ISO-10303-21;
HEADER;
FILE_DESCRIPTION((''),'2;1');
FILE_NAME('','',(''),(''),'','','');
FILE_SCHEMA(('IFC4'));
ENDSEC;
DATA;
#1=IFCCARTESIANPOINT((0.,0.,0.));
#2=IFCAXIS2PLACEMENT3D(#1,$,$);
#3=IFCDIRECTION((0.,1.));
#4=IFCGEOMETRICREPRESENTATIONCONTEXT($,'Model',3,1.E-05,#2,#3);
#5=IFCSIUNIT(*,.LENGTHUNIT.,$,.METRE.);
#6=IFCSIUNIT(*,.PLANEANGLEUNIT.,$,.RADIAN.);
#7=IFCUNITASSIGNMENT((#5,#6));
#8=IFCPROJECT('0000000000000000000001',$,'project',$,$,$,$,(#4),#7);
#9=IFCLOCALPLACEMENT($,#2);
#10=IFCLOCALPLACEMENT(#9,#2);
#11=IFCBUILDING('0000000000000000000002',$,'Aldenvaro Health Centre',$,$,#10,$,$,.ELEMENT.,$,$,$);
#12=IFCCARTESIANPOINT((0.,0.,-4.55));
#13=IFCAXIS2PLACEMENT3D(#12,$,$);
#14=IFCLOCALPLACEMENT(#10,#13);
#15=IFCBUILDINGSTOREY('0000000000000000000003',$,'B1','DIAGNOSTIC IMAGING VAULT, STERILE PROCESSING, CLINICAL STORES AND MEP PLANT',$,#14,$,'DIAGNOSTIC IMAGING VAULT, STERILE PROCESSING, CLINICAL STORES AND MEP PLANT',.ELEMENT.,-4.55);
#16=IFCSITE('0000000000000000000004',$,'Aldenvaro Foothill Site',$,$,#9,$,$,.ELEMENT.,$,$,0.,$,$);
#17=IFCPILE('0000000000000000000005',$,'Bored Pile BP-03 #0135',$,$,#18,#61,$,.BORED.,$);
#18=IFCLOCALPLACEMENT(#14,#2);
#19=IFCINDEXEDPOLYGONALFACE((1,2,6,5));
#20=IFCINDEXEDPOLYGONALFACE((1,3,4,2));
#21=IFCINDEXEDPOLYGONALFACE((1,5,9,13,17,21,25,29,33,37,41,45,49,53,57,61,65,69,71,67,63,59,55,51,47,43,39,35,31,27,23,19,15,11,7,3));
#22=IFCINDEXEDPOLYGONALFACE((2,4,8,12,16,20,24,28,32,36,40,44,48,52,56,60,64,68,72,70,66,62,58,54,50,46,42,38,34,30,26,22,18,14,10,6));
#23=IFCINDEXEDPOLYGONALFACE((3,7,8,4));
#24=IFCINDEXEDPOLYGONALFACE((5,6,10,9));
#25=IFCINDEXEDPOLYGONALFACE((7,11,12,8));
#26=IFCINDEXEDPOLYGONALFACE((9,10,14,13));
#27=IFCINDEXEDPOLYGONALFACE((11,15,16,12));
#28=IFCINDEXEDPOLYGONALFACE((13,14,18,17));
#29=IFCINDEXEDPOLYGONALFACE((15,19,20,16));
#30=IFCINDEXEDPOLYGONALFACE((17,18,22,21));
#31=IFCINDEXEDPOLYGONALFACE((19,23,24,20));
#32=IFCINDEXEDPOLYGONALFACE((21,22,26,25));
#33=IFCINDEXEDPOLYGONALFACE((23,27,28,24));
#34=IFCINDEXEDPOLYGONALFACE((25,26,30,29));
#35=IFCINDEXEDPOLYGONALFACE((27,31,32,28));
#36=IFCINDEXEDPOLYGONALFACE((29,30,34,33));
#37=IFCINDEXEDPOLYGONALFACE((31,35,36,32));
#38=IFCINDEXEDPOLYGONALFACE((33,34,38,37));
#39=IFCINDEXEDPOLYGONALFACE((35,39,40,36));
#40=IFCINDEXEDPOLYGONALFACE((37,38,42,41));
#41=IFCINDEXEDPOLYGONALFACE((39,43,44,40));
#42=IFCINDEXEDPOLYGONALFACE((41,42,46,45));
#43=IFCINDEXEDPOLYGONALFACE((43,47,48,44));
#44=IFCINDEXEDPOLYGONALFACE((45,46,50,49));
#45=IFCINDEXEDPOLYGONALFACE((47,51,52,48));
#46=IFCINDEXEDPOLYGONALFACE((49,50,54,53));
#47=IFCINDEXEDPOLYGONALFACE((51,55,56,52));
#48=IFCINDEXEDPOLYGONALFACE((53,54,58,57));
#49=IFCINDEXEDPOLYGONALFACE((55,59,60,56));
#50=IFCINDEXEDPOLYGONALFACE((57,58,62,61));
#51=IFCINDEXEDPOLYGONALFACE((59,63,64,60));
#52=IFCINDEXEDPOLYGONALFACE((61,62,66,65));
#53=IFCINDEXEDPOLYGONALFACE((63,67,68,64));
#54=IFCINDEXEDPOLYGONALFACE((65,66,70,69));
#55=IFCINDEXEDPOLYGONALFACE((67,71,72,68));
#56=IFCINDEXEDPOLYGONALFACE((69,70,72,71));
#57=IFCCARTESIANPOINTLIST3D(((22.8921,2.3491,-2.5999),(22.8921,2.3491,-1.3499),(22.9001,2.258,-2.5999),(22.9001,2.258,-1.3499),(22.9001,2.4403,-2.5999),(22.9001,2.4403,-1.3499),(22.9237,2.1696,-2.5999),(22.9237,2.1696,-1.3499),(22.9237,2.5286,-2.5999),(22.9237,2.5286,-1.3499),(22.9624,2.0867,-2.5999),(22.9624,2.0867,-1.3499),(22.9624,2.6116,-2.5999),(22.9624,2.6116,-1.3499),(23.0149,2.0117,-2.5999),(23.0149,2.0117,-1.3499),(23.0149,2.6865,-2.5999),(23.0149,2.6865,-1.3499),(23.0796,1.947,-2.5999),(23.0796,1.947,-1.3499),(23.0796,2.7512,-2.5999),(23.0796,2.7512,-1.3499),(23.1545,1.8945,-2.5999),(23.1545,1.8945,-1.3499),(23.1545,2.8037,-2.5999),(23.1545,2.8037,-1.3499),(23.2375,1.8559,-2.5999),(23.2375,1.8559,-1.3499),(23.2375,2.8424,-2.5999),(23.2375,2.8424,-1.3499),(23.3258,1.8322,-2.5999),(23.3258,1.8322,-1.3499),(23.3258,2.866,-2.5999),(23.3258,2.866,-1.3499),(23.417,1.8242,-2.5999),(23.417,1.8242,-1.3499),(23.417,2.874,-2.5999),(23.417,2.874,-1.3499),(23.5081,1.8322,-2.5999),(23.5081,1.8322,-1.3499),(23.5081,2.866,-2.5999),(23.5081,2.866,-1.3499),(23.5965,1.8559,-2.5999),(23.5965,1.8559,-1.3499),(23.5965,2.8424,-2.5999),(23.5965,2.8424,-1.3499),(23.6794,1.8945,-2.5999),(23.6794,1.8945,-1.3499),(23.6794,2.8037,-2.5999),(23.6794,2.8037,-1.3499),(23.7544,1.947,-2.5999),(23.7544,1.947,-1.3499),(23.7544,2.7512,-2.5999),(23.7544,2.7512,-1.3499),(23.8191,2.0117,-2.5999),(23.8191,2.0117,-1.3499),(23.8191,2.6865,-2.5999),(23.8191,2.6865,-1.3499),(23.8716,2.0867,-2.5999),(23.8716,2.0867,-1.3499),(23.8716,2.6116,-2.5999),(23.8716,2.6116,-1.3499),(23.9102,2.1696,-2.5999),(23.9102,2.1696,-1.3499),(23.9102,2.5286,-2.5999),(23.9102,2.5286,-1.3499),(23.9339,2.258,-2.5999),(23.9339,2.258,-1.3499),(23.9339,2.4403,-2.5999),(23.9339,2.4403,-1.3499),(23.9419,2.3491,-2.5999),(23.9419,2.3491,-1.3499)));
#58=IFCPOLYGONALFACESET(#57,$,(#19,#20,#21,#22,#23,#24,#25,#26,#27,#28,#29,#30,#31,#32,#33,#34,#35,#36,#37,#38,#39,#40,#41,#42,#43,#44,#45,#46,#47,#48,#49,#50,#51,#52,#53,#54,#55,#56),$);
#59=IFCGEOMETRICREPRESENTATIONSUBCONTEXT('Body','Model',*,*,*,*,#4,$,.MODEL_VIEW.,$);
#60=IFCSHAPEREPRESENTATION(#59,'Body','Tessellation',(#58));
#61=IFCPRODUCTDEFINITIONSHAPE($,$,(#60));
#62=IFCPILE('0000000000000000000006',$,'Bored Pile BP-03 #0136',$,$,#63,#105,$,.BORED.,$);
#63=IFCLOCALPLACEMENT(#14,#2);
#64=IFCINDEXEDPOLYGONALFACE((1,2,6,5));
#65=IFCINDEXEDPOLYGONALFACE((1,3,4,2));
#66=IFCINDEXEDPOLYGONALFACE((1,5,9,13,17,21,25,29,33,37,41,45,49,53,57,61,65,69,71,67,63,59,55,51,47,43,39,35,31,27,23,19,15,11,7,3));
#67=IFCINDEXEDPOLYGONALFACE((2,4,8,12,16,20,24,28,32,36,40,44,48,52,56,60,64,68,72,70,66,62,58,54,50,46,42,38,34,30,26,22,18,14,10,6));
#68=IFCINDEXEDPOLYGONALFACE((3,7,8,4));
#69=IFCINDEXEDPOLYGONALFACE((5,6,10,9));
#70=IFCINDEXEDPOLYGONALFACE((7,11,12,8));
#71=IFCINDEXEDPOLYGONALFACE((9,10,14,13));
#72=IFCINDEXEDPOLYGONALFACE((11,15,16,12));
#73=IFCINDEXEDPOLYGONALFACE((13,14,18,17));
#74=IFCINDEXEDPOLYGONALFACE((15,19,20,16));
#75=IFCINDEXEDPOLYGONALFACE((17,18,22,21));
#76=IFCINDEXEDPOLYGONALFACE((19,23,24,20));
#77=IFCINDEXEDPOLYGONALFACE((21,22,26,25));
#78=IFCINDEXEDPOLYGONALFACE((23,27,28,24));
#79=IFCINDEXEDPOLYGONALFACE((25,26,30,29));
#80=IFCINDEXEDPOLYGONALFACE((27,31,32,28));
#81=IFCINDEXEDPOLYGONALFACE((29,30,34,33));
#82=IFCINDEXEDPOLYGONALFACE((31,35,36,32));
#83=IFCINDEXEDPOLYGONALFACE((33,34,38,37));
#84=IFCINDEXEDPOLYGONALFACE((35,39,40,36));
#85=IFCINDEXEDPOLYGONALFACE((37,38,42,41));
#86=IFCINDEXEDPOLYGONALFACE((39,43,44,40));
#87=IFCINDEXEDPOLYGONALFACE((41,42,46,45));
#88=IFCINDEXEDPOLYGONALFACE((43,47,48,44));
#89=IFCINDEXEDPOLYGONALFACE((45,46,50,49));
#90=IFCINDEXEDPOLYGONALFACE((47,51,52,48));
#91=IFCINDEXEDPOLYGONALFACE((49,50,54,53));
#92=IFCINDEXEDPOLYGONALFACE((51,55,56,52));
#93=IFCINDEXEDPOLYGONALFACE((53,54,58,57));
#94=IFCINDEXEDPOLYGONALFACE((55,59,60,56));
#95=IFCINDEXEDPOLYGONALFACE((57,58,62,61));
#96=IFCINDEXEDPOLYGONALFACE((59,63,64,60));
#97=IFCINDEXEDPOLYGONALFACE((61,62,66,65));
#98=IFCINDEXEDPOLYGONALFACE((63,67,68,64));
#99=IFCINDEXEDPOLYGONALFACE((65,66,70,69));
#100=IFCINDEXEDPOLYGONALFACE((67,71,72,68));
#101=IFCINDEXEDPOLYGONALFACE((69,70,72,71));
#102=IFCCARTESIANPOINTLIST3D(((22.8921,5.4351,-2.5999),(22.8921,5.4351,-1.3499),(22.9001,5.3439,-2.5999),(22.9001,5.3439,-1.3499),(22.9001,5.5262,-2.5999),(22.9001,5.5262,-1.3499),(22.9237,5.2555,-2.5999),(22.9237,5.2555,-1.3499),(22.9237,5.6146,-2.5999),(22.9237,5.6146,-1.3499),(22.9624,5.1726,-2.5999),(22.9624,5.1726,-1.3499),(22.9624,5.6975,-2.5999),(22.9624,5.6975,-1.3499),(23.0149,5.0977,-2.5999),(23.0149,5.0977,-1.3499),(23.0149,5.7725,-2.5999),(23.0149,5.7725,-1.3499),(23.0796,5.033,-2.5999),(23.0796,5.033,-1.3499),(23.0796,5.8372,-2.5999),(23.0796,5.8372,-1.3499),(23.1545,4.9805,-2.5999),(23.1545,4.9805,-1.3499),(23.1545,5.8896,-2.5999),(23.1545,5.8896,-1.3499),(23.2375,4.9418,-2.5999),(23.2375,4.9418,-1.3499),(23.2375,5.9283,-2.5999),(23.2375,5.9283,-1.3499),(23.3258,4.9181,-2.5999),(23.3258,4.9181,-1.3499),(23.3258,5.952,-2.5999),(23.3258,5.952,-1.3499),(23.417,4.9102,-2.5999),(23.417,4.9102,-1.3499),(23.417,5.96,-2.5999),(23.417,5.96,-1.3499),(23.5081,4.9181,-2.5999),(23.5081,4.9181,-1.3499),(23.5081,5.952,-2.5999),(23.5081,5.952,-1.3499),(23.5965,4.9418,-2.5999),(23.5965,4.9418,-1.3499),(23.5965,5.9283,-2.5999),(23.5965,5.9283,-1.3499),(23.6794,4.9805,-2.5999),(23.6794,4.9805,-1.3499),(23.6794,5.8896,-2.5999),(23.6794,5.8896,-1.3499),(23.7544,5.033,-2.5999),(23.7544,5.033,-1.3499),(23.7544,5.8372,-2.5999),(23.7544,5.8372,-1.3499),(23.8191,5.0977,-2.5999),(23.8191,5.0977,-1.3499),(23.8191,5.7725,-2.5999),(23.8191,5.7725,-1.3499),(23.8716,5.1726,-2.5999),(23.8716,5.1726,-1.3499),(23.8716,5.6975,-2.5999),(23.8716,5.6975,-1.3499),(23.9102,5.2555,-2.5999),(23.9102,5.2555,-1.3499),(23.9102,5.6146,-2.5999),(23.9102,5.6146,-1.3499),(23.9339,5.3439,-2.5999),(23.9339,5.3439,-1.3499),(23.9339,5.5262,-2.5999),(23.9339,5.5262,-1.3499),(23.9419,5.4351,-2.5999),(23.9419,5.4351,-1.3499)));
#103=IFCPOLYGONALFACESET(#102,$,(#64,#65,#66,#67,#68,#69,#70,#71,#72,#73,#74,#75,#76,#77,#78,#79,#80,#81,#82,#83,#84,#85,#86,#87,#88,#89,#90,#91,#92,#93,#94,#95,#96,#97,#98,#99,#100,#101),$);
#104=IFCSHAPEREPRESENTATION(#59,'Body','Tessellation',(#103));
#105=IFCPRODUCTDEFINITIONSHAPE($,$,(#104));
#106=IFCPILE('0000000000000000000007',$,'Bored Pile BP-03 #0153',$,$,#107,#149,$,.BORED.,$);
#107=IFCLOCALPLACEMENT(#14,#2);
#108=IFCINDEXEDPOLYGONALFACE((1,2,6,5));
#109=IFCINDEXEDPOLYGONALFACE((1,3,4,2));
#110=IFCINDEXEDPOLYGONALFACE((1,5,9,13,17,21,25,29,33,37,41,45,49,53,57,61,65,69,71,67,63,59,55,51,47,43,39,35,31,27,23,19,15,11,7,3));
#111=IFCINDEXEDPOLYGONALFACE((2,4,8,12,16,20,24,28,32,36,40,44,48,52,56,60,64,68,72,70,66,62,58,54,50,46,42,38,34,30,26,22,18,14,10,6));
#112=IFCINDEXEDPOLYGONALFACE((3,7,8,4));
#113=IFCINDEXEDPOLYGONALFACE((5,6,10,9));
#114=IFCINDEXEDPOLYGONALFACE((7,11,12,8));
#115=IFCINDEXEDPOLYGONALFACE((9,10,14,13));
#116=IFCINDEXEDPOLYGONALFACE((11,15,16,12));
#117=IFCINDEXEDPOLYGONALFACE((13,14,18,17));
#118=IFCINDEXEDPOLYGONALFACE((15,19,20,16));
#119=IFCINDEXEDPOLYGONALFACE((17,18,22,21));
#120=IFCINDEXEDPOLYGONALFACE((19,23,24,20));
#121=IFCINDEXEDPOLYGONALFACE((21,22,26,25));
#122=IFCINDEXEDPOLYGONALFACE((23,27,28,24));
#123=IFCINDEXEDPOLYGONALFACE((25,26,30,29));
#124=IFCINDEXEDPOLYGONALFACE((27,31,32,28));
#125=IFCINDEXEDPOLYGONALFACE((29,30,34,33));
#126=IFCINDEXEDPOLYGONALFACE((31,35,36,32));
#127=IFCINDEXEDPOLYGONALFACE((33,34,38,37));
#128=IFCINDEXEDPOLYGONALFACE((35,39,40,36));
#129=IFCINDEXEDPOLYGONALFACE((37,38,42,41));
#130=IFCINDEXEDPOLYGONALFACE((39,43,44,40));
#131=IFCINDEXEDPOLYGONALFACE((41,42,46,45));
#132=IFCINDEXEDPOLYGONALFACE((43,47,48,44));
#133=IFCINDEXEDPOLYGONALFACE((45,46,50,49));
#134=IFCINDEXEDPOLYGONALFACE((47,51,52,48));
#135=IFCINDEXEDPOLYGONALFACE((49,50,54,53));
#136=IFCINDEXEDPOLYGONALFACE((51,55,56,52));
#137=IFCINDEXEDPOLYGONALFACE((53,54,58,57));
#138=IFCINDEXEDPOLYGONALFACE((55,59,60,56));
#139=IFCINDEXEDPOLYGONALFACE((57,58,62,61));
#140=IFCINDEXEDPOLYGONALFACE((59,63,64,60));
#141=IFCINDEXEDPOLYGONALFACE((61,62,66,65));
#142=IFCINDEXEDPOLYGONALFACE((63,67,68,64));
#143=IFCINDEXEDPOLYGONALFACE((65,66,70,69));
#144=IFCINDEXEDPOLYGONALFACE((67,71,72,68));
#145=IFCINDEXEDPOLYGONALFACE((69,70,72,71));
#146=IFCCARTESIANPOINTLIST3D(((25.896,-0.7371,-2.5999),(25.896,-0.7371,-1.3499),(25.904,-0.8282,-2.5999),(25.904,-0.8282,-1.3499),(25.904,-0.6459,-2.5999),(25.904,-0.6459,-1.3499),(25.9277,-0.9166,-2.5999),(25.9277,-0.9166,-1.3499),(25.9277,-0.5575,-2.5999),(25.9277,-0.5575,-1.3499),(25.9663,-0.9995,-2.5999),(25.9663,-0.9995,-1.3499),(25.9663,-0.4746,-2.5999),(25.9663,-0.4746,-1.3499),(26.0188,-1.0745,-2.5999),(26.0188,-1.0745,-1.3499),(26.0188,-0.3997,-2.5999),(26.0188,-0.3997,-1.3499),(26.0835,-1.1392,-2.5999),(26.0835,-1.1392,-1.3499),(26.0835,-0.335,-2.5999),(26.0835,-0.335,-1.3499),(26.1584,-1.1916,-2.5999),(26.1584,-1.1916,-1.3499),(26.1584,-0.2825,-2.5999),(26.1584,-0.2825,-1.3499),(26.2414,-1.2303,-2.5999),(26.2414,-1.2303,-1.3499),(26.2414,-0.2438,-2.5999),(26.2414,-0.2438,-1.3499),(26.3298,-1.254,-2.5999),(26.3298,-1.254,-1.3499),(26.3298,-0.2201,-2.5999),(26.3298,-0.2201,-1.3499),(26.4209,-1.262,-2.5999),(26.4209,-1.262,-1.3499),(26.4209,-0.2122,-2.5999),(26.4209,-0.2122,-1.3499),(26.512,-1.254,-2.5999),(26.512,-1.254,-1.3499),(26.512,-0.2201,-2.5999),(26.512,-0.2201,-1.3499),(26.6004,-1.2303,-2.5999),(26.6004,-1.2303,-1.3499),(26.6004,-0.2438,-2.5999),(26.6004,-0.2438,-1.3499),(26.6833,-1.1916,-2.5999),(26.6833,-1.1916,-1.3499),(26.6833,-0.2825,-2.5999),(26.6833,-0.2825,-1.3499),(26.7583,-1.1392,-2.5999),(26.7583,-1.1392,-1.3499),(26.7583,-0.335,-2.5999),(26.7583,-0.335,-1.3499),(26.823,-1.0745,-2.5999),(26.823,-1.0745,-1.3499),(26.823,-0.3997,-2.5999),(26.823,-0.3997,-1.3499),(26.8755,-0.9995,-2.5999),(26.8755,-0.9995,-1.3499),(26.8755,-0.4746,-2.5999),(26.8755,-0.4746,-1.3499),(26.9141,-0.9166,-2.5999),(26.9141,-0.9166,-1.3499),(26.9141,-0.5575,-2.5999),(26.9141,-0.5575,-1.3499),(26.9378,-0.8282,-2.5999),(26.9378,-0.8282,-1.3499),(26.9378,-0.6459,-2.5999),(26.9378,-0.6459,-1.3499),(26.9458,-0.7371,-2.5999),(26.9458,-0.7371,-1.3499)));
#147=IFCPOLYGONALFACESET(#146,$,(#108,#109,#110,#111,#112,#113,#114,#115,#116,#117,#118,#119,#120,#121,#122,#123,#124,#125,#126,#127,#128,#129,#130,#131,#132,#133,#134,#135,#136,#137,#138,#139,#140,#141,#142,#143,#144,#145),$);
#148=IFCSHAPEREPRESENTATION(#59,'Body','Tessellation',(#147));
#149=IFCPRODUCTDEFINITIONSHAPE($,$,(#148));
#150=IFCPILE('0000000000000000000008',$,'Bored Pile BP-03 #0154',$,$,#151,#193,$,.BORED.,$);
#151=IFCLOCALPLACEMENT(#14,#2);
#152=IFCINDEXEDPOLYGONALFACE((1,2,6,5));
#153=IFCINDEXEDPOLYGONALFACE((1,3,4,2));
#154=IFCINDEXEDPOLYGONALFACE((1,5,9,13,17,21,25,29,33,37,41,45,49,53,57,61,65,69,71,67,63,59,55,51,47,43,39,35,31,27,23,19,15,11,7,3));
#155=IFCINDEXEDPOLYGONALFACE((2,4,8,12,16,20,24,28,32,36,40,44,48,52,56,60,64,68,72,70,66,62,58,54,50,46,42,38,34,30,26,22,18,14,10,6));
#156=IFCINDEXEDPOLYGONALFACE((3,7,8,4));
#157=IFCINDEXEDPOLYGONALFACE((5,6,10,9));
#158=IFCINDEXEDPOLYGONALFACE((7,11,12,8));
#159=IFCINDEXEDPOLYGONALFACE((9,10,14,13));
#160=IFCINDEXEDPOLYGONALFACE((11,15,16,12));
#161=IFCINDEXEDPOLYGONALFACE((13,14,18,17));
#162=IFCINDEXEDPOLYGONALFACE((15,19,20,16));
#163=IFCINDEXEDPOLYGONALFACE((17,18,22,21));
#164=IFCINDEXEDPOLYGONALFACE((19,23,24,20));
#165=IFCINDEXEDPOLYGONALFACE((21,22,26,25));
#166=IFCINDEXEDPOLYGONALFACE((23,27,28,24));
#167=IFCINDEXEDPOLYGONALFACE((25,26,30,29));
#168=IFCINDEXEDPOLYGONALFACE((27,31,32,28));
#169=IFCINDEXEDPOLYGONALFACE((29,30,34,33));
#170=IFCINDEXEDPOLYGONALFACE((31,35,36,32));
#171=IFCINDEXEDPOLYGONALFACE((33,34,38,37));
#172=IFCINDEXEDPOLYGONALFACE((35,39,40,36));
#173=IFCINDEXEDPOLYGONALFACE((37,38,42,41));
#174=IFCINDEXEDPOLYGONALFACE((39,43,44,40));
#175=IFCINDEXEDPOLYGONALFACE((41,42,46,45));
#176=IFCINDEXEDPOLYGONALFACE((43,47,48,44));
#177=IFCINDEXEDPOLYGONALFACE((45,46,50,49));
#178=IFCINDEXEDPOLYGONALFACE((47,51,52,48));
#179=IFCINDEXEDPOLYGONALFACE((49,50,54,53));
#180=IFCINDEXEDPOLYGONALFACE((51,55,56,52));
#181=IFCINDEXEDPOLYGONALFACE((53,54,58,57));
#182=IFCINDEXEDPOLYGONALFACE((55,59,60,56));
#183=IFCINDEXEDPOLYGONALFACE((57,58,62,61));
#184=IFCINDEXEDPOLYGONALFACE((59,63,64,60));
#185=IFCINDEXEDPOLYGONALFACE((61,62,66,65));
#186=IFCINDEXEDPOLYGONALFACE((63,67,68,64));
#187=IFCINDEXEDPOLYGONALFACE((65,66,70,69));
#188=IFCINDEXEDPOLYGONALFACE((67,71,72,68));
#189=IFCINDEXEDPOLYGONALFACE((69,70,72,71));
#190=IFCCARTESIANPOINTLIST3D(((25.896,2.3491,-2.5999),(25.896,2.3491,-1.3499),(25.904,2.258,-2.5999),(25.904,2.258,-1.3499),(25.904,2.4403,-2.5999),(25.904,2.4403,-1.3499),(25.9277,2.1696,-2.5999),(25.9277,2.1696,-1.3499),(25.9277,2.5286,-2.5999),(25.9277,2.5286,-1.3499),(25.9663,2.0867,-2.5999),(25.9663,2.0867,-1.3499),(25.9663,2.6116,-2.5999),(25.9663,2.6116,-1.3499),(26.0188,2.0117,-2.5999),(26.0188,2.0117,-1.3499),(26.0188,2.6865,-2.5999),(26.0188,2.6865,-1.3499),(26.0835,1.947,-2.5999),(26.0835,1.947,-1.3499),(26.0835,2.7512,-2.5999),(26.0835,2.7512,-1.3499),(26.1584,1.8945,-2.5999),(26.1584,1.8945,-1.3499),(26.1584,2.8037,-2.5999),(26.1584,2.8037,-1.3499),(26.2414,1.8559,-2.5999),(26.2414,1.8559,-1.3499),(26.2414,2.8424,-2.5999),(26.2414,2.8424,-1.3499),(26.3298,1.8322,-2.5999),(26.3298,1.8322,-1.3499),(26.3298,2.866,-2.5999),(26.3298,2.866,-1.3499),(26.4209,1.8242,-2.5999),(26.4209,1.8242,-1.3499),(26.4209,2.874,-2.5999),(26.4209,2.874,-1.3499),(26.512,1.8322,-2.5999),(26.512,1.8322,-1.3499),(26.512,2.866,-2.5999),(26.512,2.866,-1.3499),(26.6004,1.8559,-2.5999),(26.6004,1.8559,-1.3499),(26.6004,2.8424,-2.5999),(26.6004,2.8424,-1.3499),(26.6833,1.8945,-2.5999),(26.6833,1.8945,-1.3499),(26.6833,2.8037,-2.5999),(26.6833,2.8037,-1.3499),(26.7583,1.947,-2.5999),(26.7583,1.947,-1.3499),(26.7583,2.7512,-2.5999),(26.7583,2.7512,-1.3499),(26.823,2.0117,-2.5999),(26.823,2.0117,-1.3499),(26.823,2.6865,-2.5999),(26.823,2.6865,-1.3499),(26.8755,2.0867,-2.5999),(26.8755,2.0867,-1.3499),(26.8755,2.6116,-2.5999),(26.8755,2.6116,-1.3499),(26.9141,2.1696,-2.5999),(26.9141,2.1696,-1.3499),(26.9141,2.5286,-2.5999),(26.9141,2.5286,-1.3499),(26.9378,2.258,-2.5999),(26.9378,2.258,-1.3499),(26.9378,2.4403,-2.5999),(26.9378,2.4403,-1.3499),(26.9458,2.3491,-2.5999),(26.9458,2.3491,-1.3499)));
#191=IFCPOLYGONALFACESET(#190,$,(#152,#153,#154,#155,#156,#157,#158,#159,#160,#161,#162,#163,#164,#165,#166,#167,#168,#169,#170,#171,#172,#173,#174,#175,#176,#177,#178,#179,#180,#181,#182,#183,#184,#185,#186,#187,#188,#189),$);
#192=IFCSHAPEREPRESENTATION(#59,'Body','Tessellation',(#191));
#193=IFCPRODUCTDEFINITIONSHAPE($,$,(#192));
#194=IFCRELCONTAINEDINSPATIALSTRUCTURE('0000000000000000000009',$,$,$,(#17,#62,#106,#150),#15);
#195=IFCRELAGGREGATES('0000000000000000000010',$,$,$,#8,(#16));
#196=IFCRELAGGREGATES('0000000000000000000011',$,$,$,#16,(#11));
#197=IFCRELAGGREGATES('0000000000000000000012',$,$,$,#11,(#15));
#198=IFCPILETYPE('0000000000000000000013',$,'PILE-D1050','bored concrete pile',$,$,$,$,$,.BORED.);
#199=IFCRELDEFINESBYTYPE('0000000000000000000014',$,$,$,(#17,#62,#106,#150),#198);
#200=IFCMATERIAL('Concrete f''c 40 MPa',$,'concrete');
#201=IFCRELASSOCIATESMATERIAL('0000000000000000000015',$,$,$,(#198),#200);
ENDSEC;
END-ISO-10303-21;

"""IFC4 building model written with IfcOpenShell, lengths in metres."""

from ifc_helpers import new_model, si_unit, direction, frame, origin, origin_2d, place, context, subcontext, project, spatial, circle, extrude, material, material_profile, profile_set, type_object, element, save


model = new_model("IFC4")

# Units and contexts
model_context = context("Model", 3, precision=1e-05, world=origin(), true_north=direction((0.0, 1.0)))
body_context = subcontext(model_context, "Body", "Model", "MODEL_VIEW")
ifc_project = project(units=[si_unit("LENGTHUNIT", "METRE"), si_unit("PLANEANGLEUNIT", "RADIAN")], contexts=[model_context])

# Site, building, storey
site_placement = place(None, origin())
site = spatial("IfcSite", under=ifc_project, at=site_placement, Name="Aldenvaro Foothill Site", CompositionType="ELEMENT", RefElevation=0.0)
building_placement = place(site_placement, origin())
building = spatial("IfcBuilding", under=site, at=building_placement, Name="Aldenvaro Health Centre", CompositionType="ELEMENT")
storey_placement = place(building_placement, frame((0.0, 0.0, -4.55)))
storey = spatial("IfcBuildingStorey", under=building, at=storey_placement, Name="B1", Description="DIAGNOSTIC IMAGING VAULT, STERILE PROCESSING, CLINICAL STORES AND MEP PLANT", LongName="DIAGNOSTIC IMAGING VAULT, STERILE PROCESSING, CLINICAL STORES AND MEP PLANT", CompositionType="ELEMENT", Elevation=-4.55)

# Piles
ifc_material_1 = material(Name="Concrete f'c 40 MPa", Category="concrete")
ifc_material_profile_1 = material_profile(ifc_material_1, circle(Radius=0.5249, at=origin_2d()), Name="PILE D1050", Category="concrete")
ifc_profile_set_1 = profile_set([ifc_material_profile_1], Name="Concrete f'c 40 MPa")
pile_type = type_object("IfcPileType", Name="PILE-D1050", Description="bored concrete pile", PredefinedType="BORED", material=ifc_profile_set_1)
for number, where, z_axis, x_axis, name in (
    (1, (23.417, 2.3491, -1.3499), (0.0, 0.0, -1.0), (1.0, 0.0, 0.0), "Bored Pile BP-03 #0135"),
    (2, (23.417, 5.4351, -1.3499), (0.0, 0.0, -1.0), (1.0, 0.0, 0.0), "Bored Pile BP-03 #0136"),
    (3, (26.4209, -0.7371, -1.3499), (0.0, 0.0, -1.0), (1.0, 0.0, 0.0), "Bored Pile BP-03 #0153"),
    (4, (26.4209, 2.3491, -1.3499), (0.0, 0.0, -1.0), (1.0, 0.0, 0.0), "Bored Pile BP-03 #0154"),
):
    element("IfcPile", number, at=place(storey_placement, frame(where, z_axis=z_axis, x_axis=x_axis)), inside=storey, type_object=pile_type, Name=name, PredefinedType="BORED", context=body_context, shape_type="SweptSolid", body=[
        extrude(circle(Radius=0.5249, at=origin_2d()), origin(), (0.0, 0.0, 1.0), 1.25),
    ])

save(model, "model.ifc")
